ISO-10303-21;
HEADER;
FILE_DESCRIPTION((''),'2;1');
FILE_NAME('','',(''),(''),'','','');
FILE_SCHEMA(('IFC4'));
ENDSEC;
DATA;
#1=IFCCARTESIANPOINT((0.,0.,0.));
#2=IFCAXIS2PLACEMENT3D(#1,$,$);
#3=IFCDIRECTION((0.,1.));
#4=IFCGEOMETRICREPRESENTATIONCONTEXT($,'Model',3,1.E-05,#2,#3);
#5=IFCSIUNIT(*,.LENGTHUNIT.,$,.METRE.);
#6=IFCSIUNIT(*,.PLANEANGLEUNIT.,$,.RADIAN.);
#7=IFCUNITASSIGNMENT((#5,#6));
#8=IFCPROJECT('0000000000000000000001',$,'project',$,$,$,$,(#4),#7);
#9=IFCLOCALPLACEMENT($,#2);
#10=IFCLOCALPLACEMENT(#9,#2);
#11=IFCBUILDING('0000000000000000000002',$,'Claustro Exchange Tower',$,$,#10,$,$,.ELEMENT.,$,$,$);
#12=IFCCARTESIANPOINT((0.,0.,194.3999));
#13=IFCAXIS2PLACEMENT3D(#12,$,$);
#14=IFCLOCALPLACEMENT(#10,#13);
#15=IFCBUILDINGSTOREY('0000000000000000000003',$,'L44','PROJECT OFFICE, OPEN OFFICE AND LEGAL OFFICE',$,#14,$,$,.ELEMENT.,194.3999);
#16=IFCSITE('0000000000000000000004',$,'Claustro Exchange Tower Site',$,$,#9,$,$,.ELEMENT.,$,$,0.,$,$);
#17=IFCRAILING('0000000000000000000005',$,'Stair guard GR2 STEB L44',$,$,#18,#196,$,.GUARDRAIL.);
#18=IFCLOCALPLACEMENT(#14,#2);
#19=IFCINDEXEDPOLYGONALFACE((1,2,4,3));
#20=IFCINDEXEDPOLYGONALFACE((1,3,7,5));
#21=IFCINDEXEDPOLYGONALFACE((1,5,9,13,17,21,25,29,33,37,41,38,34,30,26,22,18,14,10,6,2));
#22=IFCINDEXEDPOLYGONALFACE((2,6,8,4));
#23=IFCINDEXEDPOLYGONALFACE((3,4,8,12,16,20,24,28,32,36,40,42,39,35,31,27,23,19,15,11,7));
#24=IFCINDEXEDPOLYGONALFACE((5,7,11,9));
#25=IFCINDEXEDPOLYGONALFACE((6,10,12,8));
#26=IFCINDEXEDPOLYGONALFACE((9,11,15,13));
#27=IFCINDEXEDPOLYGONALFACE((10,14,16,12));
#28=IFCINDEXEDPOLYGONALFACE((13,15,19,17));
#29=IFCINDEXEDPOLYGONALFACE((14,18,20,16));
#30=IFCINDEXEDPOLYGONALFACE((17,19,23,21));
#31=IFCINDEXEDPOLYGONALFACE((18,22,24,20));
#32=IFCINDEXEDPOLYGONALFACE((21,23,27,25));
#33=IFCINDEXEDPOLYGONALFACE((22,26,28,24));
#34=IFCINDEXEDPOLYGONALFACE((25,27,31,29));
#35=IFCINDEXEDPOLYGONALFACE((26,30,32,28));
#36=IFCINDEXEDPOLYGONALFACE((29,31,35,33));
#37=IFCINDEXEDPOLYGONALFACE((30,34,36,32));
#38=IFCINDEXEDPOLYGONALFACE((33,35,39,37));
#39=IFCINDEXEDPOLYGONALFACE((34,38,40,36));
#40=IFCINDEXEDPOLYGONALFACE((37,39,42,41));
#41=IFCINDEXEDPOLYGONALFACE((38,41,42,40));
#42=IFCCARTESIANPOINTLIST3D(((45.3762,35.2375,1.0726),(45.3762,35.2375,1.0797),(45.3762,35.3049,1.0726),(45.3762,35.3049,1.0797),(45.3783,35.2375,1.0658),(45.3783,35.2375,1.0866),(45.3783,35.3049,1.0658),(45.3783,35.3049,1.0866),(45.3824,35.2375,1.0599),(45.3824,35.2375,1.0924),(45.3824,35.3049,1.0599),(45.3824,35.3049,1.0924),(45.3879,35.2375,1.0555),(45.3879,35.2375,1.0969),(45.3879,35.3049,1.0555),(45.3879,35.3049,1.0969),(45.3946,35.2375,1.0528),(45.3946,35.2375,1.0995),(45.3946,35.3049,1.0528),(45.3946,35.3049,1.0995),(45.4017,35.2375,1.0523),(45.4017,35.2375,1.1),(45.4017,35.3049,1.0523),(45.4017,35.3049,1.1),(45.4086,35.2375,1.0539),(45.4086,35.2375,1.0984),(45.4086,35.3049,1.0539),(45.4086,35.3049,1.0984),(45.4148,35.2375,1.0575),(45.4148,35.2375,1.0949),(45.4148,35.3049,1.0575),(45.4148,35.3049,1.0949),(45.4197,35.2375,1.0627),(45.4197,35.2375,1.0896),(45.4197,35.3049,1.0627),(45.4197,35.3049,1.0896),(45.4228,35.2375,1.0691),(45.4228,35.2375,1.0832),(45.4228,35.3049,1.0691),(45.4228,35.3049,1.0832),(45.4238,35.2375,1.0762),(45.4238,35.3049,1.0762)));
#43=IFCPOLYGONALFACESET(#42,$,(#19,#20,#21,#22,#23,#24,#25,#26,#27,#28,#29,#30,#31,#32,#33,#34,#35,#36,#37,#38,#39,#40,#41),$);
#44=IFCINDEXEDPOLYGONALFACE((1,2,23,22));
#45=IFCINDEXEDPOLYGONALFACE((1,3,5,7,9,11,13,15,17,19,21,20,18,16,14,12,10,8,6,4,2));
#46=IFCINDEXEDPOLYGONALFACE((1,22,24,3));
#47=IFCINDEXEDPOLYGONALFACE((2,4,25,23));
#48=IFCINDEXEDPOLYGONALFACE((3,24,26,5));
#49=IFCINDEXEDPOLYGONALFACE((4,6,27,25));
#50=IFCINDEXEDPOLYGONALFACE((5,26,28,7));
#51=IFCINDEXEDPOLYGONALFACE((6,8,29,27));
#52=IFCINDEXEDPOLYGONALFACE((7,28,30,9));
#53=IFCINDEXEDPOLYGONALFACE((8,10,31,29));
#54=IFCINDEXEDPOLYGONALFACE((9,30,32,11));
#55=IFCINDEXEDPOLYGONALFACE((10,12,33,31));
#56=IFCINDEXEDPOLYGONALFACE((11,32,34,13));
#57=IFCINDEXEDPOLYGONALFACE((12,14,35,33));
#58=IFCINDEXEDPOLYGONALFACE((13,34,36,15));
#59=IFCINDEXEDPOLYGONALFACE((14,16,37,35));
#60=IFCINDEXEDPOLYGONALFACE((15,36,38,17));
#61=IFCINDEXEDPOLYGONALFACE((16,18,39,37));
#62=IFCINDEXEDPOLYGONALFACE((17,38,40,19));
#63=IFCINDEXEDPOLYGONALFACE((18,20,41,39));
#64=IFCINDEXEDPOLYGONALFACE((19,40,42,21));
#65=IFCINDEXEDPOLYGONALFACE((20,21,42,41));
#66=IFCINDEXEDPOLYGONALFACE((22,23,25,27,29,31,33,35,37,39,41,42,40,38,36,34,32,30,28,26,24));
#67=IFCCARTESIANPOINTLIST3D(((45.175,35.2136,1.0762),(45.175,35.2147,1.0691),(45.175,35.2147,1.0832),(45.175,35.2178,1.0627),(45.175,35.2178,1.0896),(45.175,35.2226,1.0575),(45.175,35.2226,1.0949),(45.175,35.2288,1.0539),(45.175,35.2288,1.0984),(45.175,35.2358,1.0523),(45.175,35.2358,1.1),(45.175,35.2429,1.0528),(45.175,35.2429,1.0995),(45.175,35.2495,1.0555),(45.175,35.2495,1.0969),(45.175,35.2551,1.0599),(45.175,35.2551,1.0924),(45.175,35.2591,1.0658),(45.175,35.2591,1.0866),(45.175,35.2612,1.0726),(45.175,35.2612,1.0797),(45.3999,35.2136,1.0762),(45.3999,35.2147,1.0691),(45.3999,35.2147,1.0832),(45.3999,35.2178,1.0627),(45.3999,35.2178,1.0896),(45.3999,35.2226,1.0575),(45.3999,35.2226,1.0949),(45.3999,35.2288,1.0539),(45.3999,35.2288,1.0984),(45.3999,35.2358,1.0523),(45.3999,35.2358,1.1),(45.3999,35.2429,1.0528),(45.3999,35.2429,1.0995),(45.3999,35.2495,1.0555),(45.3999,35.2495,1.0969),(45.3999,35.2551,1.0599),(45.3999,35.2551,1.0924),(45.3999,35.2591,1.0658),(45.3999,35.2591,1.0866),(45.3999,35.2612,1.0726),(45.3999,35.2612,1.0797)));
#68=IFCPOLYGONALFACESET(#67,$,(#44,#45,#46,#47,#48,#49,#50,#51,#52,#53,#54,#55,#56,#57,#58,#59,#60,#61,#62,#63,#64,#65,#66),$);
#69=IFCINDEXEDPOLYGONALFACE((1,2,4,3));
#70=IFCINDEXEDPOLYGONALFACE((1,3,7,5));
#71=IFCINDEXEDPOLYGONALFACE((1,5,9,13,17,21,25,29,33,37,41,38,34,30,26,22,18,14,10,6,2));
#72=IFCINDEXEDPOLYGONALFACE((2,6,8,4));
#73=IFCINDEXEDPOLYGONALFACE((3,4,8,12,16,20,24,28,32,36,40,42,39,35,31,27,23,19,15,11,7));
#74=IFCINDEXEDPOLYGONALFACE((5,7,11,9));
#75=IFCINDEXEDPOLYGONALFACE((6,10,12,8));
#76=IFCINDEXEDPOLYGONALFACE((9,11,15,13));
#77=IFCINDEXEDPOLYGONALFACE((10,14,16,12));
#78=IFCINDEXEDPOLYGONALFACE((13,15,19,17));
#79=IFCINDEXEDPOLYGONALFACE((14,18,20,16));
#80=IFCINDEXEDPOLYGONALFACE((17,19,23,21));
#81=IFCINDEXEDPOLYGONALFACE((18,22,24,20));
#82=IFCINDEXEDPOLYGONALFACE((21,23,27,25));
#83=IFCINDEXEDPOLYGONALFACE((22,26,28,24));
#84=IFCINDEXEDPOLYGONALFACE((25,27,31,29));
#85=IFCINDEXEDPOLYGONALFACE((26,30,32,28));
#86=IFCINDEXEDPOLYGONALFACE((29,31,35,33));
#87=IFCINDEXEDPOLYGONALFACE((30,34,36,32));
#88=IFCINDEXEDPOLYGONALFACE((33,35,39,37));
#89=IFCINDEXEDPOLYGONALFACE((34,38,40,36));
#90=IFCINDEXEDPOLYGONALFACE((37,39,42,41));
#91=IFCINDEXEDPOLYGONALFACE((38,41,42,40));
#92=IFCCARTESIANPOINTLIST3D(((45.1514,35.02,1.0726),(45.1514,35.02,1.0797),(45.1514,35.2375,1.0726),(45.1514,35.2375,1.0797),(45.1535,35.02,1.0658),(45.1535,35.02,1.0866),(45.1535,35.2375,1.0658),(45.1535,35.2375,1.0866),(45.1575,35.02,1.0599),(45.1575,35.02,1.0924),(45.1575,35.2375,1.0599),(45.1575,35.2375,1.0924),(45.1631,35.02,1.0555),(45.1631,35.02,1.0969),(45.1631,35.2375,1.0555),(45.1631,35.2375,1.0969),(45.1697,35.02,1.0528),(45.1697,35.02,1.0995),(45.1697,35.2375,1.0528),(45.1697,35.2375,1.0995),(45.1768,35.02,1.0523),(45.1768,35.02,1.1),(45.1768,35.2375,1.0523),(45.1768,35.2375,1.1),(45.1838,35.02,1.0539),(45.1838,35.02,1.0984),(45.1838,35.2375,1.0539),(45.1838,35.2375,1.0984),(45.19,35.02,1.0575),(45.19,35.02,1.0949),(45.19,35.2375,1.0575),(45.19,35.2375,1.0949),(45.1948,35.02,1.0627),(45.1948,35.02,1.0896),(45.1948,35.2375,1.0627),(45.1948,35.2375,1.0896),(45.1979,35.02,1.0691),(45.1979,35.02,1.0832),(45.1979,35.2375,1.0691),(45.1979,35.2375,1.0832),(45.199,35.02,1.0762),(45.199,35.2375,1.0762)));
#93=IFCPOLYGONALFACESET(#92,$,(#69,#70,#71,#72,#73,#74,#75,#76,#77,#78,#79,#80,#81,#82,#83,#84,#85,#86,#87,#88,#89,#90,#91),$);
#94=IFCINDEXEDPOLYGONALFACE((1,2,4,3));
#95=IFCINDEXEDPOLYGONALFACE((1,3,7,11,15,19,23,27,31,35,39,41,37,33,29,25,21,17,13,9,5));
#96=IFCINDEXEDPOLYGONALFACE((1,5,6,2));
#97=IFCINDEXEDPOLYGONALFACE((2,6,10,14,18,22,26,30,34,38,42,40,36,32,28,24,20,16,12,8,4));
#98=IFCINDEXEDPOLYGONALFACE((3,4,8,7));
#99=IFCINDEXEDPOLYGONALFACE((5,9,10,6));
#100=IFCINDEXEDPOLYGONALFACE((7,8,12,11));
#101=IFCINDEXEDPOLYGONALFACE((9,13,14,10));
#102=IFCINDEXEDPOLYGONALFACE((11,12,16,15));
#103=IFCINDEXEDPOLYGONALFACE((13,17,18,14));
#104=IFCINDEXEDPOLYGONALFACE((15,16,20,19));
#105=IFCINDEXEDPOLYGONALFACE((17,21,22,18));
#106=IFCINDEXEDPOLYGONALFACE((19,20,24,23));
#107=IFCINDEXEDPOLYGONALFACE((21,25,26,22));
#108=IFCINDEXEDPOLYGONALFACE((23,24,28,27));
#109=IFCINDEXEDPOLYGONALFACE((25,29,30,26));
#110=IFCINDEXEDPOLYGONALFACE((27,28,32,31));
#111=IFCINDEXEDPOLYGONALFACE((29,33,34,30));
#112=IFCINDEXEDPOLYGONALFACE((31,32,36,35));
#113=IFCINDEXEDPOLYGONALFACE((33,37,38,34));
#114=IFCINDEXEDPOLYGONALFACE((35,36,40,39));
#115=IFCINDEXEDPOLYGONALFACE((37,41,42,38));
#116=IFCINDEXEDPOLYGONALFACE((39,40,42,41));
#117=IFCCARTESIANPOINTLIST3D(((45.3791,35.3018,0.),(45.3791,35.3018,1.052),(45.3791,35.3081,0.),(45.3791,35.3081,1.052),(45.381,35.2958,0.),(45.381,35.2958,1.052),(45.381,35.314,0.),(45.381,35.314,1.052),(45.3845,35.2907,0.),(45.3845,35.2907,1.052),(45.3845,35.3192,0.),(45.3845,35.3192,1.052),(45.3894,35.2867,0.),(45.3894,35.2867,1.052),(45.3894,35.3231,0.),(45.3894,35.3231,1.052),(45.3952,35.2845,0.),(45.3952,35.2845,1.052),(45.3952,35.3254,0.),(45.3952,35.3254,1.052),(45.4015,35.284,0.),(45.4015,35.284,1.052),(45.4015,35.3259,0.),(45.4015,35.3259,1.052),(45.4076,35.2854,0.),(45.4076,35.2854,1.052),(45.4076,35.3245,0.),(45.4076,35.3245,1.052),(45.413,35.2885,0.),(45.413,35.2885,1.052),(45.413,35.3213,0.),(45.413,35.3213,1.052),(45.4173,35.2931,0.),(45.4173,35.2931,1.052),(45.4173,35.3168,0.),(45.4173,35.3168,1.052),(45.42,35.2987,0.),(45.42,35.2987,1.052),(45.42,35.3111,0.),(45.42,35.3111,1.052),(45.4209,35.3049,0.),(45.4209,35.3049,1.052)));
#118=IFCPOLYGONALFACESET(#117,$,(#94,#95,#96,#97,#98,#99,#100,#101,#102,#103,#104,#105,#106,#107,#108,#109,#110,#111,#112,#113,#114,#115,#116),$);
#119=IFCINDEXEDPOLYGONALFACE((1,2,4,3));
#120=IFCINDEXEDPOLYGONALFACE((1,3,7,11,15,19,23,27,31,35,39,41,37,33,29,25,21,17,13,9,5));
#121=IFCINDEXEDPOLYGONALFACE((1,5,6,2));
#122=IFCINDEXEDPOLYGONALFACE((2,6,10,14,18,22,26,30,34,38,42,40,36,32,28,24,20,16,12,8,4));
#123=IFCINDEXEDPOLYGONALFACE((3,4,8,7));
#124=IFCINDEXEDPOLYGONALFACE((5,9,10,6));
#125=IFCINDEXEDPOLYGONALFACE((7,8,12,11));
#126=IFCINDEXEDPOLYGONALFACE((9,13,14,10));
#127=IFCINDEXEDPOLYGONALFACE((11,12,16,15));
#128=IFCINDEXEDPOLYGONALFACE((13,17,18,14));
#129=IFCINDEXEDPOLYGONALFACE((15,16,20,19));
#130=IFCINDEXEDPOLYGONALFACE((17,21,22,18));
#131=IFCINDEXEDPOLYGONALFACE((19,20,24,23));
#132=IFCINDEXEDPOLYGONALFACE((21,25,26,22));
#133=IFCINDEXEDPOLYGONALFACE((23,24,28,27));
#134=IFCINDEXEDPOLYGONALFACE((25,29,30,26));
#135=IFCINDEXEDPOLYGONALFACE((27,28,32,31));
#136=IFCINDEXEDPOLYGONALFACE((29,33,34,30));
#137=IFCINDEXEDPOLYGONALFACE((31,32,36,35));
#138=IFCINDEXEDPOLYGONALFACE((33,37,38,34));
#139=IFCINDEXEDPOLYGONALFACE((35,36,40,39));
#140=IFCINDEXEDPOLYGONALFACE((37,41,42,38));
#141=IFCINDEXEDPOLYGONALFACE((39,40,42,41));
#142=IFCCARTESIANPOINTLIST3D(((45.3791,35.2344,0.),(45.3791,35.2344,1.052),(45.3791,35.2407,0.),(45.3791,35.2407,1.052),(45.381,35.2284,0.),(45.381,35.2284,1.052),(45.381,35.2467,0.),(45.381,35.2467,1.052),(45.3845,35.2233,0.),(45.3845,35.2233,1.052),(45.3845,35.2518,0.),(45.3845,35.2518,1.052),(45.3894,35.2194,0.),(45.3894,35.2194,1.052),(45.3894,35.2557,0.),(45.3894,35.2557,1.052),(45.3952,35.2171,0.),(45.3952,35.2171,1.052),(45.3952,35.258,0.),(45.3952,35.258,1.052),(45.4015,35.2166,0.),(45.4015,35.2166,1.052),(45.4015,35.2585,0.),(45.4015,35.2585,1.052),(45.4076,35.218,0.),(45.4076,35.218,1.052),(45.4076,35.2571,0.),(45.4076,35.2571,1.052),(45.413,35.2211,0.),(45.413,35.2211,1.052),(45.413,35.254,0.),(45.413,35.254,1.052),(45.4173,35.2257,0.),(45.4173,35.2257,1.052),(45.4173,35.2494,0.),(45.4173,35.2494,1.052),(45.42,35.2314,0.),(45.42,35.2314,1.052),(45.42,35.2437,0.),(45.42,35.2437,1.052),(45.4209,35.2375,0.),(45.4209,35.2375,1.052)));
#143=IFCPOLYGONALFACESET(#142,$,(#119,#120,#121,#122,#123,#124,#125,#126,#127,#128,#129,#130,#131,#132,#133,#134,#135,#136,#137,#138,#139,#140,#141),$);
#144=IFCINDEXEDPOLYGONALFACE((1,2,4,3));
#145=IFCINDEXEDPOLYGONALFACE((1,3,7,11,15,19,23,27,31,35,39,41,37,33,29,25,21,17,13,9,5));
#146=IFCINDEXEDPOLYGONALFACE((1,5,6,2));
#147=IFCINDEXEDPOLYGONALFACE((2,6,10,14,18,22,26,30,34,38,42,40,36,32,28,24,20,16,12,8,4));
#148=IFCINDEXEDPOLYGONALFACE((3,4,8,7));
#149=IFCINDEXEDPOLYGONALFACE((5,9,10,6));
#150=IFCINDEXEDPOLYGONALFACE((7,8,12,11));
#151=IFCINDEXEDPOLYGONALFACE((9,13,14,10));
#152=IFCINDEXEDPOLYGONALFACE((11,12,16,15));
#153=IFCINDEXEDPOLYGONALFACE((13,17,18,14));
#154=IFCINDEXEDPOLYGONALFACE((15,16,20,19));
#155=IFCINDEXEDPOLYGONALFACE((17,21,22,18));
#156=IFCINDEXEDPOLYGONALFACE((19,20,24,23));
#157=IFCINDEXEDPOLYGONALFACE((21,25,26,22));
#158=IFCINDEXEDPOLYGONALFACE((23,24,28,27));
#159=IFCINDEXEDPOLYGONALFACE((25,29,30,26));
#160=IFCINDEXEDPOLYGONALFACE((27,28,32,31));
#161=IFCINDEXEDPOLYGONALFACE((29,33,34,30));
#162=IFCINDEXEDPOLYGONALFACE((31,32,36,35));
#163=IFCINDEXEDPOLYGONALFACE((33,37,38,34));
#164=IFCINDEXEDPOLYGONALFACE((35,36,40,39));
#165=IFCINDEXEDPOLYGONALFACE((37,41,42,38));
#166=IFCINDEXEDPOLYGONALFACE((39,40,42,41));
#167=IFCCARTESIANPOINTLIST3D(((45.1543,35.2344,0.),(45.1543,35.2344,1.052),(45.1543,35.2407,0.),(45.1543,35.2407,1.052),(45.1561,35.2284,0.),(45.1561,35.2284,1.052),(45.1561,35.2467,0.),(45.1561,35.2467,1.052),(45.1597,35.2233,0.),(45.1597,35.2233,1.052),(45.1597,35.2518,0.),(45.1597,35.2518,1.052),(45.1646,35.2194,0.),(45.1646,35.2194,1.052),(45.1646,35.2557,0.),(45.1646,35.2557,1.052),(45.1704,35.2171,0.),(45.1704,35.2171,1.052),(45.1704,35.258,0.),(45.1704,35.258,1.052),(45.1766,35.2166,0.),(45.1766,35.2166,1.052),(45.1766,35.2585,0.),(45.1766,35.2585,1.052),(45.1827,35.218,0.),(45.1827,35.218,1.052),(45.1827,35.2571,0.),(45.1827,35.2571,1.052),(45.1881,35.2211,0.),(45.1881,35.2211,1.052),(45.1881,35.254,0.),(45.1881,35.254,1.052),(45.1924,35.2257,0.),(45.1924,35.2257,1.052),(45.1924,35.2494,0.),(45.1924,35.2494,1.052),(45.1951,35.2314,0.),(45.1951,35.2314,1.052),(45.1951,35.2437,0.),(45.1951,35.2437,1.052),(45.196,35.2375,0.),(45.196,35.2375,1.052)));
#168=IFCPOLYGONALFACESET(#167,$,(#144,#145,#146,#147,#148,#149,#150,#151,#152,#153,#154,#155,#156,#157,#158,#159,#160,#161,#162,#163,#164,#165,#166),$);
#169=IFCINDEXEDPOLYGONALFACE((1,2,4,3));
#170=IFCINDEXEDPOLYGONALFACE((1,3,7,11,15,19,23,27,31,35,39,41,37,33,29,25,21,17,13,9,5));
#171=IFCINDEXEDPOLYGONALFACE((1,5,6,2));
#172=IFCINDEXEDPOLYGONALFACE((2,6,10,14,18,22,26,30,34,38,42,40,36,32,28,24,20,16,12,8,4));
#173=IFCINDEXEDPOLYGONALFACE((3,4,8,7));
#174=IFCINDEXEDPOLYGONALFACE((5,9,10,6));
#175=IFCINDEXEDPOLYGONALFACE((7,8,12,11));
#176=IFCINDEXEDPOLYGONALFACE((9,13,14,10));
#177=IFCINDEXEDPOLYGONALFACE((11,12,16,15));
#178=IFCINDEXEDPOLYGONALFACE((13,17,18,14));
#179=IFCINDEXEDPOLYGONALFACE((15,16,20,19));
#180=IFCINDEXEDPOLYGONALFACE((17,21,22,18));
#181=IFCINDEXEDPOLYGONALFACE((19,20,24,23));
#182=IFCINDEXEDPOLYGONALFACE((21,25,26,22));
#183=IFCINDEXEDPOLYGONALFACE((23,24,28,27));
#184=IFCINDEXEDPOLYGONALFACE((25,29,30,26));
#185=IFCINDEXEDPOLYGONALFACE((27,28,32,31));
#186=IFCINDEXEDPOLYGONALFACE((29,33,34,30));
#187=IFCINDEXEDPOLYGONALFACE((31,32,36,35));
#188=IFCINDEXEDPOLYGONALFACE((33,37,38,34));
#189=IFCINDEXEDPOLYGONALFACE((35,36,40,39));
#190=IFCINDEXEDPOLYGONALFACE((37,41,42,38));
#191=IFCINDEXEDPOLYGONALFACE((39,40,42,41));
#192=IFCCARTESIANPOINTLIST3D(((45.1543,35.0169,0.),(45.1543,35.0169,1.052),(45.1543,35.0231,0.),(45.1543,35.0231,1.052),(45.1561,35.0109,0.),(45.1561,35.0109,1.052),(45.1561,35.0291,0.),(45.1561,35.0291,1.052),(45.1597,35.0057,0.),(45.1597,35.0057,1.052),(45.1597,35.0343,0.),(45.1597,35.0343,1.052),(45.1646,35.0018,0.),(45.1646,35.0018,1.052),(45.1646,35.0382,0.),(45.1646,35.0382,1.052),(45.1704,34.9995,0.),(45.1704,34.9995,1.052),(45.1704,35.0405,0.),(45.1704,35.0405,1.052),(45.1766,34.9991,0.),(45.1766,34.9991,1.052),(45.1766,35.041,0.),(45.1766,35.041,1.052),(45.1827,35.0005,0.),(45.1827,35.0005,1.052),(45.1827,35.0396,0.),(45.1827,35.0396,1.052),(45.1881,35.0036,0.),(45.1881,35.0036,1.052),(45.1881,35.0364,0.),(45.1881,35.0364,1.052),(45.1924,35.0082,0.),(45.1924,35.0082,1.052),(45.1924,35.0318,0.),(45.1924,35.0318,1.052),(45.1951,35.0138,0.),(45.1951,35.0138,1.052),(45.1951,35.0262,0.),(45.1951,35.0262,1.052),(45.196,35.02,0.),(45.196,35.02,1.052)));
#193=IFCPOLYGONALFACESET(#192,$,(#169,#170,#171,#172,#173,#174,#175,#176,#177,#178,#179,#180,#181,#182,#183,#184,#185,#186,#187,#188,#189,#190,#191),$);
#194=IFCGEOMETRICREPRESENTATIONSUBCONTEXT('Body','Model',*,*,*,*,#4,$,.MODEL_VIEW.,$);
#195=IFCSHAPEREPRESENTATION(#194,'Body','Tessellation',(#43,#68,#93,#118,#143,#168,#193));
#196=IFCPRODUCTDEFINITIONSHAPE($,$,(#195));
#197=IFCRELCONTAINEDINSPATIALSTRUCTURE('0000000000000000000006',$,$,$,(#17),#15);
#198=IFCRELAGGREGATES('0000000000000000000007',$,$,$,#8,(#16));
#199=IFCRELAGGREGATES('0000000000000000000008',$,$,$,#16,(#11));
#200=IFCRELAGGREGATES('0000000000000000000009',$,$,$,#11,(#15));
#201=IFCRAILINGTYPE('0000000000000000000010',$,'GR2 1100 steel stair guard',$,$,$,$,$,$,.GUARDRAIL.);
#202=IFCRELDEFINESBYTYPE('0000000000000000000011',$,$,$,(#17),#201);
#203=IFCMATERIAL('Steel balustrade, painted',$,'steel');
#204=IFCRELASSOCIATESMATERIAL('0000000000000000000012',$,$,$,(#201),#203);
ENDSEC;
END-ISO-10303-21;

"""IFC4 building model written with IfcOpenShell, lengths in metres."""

from ifc_helpers import new_model, si_unit, direction, frame, origin, origin_2d, place, context, subcontext, project, spatial, circle, extrude, material, type_object, element, save


model = new_model("IFC4")

# Units and contexts
model_context = context("Model", 3, precision=1e-05, world=origin(), true_north=direction((0.0, 1.0)))
body_context = subcontext(model_context, "Body", "Model", "MODEL_VIEW")
ifc_project = project(units=[si_unit("LENGTHUNIT", "METRE"), si_unit("PLANEANGLEUNIT", "RADIAN")], contexts=[model_context])

# Site, building, storey
site_placement = place(None, origin())
site = spatial("IfcSite", under=ifc_project, at=site_placement, Name="Claustro Exchange Tower Site", CompositionType="ELEMENT", RefElevation=0.0)
building_placement = place(site_placement, origin())
building = spatial("IfcBuilding", under=site, at=building_placement, Name="Claustro Exchange Tower", CompositionType="ELEMENT")
storey_placement = place(building_placement, frame((0.0, 0.0, 194.3999)))
storey = spatial("IfcBuildingStorey", under=building, at=storey_placement, Name="L44", Description="PROJECT OFFICE, OPEN OFFICE AND LEGAL OFFICE", CompositionType="ELEMENT", Elevation=194.3999)

# Railing
ifc_material_1 = material(Name="Steel balustrade, painted", Category="steel")
railing_type_1 = type_object("IfcRailingType", Name="GR2 1100 steel stair guard", PredefinedType="GUARDRAIL", material=ifc_material_1)
railing_1_placement = place(storey_placement, frame((45.3999, 35.3049, 0.0)))
element("IfcRailing", 1, at=railing_1_placement, inside=storey, type_object=railing_type_1, Name="Stair guard GR2 STEB L44", PredefinedType="GUARDRAIL", context=body_context, shape_type="SweptSolid", body=[
    extrude(circle(Radius=0.0239, at=origin_2d()), frame((0.0, 0.0, 1.0762), z_axis=(0.0, -1.0, 0.0), x_axis=(1.0, 0.0, 0.0)), (0.0, 0.0, 1.0), 0.0674),
    extrude(circle(Radius=0.0239, at=origin_2d()), frame((0.0, -0.0674, 1.0762), z_axis=(-1.0, 0.0, 0.0), x_axis=(0.0, -1.0, 0.0)), (0.0, 0.0, 1.0), 0.2249),
    extrude(circle(Radius=0.0239, at=origin_2d()), frame((-0.2249, -0.0674, 1.0762), z_axis=(0.0, -1.0, 0.0), x_axis=(1.0, 0.0, 0.0)), (0.0, 0.0, 1.0), 0.2175),
    extrude(circle(Radius=0.021, at=origin_2d()), origin(), (0.0, 0.0, 1.0), 1.052),
    extrude(circle(Radius=0.021, at=origin_2d()), frame((0.0, -0.0674, 0.0)), (0.0, 0.0, 1.0), 1.052),
    extrude(circle(Radius=0.021, at=origin_2d()), frame((-0.2249, -0.0674, 0.0)), (0.0, 0.0, 1.0), 1.052),
    extrude(circle(Radius=0.021, at=origin_2d()), frame((-0.2249, -0.2849, 0.0)), (0.0, 0.0, 1.0), 1.052),
])

save(model, "model.ifc")
